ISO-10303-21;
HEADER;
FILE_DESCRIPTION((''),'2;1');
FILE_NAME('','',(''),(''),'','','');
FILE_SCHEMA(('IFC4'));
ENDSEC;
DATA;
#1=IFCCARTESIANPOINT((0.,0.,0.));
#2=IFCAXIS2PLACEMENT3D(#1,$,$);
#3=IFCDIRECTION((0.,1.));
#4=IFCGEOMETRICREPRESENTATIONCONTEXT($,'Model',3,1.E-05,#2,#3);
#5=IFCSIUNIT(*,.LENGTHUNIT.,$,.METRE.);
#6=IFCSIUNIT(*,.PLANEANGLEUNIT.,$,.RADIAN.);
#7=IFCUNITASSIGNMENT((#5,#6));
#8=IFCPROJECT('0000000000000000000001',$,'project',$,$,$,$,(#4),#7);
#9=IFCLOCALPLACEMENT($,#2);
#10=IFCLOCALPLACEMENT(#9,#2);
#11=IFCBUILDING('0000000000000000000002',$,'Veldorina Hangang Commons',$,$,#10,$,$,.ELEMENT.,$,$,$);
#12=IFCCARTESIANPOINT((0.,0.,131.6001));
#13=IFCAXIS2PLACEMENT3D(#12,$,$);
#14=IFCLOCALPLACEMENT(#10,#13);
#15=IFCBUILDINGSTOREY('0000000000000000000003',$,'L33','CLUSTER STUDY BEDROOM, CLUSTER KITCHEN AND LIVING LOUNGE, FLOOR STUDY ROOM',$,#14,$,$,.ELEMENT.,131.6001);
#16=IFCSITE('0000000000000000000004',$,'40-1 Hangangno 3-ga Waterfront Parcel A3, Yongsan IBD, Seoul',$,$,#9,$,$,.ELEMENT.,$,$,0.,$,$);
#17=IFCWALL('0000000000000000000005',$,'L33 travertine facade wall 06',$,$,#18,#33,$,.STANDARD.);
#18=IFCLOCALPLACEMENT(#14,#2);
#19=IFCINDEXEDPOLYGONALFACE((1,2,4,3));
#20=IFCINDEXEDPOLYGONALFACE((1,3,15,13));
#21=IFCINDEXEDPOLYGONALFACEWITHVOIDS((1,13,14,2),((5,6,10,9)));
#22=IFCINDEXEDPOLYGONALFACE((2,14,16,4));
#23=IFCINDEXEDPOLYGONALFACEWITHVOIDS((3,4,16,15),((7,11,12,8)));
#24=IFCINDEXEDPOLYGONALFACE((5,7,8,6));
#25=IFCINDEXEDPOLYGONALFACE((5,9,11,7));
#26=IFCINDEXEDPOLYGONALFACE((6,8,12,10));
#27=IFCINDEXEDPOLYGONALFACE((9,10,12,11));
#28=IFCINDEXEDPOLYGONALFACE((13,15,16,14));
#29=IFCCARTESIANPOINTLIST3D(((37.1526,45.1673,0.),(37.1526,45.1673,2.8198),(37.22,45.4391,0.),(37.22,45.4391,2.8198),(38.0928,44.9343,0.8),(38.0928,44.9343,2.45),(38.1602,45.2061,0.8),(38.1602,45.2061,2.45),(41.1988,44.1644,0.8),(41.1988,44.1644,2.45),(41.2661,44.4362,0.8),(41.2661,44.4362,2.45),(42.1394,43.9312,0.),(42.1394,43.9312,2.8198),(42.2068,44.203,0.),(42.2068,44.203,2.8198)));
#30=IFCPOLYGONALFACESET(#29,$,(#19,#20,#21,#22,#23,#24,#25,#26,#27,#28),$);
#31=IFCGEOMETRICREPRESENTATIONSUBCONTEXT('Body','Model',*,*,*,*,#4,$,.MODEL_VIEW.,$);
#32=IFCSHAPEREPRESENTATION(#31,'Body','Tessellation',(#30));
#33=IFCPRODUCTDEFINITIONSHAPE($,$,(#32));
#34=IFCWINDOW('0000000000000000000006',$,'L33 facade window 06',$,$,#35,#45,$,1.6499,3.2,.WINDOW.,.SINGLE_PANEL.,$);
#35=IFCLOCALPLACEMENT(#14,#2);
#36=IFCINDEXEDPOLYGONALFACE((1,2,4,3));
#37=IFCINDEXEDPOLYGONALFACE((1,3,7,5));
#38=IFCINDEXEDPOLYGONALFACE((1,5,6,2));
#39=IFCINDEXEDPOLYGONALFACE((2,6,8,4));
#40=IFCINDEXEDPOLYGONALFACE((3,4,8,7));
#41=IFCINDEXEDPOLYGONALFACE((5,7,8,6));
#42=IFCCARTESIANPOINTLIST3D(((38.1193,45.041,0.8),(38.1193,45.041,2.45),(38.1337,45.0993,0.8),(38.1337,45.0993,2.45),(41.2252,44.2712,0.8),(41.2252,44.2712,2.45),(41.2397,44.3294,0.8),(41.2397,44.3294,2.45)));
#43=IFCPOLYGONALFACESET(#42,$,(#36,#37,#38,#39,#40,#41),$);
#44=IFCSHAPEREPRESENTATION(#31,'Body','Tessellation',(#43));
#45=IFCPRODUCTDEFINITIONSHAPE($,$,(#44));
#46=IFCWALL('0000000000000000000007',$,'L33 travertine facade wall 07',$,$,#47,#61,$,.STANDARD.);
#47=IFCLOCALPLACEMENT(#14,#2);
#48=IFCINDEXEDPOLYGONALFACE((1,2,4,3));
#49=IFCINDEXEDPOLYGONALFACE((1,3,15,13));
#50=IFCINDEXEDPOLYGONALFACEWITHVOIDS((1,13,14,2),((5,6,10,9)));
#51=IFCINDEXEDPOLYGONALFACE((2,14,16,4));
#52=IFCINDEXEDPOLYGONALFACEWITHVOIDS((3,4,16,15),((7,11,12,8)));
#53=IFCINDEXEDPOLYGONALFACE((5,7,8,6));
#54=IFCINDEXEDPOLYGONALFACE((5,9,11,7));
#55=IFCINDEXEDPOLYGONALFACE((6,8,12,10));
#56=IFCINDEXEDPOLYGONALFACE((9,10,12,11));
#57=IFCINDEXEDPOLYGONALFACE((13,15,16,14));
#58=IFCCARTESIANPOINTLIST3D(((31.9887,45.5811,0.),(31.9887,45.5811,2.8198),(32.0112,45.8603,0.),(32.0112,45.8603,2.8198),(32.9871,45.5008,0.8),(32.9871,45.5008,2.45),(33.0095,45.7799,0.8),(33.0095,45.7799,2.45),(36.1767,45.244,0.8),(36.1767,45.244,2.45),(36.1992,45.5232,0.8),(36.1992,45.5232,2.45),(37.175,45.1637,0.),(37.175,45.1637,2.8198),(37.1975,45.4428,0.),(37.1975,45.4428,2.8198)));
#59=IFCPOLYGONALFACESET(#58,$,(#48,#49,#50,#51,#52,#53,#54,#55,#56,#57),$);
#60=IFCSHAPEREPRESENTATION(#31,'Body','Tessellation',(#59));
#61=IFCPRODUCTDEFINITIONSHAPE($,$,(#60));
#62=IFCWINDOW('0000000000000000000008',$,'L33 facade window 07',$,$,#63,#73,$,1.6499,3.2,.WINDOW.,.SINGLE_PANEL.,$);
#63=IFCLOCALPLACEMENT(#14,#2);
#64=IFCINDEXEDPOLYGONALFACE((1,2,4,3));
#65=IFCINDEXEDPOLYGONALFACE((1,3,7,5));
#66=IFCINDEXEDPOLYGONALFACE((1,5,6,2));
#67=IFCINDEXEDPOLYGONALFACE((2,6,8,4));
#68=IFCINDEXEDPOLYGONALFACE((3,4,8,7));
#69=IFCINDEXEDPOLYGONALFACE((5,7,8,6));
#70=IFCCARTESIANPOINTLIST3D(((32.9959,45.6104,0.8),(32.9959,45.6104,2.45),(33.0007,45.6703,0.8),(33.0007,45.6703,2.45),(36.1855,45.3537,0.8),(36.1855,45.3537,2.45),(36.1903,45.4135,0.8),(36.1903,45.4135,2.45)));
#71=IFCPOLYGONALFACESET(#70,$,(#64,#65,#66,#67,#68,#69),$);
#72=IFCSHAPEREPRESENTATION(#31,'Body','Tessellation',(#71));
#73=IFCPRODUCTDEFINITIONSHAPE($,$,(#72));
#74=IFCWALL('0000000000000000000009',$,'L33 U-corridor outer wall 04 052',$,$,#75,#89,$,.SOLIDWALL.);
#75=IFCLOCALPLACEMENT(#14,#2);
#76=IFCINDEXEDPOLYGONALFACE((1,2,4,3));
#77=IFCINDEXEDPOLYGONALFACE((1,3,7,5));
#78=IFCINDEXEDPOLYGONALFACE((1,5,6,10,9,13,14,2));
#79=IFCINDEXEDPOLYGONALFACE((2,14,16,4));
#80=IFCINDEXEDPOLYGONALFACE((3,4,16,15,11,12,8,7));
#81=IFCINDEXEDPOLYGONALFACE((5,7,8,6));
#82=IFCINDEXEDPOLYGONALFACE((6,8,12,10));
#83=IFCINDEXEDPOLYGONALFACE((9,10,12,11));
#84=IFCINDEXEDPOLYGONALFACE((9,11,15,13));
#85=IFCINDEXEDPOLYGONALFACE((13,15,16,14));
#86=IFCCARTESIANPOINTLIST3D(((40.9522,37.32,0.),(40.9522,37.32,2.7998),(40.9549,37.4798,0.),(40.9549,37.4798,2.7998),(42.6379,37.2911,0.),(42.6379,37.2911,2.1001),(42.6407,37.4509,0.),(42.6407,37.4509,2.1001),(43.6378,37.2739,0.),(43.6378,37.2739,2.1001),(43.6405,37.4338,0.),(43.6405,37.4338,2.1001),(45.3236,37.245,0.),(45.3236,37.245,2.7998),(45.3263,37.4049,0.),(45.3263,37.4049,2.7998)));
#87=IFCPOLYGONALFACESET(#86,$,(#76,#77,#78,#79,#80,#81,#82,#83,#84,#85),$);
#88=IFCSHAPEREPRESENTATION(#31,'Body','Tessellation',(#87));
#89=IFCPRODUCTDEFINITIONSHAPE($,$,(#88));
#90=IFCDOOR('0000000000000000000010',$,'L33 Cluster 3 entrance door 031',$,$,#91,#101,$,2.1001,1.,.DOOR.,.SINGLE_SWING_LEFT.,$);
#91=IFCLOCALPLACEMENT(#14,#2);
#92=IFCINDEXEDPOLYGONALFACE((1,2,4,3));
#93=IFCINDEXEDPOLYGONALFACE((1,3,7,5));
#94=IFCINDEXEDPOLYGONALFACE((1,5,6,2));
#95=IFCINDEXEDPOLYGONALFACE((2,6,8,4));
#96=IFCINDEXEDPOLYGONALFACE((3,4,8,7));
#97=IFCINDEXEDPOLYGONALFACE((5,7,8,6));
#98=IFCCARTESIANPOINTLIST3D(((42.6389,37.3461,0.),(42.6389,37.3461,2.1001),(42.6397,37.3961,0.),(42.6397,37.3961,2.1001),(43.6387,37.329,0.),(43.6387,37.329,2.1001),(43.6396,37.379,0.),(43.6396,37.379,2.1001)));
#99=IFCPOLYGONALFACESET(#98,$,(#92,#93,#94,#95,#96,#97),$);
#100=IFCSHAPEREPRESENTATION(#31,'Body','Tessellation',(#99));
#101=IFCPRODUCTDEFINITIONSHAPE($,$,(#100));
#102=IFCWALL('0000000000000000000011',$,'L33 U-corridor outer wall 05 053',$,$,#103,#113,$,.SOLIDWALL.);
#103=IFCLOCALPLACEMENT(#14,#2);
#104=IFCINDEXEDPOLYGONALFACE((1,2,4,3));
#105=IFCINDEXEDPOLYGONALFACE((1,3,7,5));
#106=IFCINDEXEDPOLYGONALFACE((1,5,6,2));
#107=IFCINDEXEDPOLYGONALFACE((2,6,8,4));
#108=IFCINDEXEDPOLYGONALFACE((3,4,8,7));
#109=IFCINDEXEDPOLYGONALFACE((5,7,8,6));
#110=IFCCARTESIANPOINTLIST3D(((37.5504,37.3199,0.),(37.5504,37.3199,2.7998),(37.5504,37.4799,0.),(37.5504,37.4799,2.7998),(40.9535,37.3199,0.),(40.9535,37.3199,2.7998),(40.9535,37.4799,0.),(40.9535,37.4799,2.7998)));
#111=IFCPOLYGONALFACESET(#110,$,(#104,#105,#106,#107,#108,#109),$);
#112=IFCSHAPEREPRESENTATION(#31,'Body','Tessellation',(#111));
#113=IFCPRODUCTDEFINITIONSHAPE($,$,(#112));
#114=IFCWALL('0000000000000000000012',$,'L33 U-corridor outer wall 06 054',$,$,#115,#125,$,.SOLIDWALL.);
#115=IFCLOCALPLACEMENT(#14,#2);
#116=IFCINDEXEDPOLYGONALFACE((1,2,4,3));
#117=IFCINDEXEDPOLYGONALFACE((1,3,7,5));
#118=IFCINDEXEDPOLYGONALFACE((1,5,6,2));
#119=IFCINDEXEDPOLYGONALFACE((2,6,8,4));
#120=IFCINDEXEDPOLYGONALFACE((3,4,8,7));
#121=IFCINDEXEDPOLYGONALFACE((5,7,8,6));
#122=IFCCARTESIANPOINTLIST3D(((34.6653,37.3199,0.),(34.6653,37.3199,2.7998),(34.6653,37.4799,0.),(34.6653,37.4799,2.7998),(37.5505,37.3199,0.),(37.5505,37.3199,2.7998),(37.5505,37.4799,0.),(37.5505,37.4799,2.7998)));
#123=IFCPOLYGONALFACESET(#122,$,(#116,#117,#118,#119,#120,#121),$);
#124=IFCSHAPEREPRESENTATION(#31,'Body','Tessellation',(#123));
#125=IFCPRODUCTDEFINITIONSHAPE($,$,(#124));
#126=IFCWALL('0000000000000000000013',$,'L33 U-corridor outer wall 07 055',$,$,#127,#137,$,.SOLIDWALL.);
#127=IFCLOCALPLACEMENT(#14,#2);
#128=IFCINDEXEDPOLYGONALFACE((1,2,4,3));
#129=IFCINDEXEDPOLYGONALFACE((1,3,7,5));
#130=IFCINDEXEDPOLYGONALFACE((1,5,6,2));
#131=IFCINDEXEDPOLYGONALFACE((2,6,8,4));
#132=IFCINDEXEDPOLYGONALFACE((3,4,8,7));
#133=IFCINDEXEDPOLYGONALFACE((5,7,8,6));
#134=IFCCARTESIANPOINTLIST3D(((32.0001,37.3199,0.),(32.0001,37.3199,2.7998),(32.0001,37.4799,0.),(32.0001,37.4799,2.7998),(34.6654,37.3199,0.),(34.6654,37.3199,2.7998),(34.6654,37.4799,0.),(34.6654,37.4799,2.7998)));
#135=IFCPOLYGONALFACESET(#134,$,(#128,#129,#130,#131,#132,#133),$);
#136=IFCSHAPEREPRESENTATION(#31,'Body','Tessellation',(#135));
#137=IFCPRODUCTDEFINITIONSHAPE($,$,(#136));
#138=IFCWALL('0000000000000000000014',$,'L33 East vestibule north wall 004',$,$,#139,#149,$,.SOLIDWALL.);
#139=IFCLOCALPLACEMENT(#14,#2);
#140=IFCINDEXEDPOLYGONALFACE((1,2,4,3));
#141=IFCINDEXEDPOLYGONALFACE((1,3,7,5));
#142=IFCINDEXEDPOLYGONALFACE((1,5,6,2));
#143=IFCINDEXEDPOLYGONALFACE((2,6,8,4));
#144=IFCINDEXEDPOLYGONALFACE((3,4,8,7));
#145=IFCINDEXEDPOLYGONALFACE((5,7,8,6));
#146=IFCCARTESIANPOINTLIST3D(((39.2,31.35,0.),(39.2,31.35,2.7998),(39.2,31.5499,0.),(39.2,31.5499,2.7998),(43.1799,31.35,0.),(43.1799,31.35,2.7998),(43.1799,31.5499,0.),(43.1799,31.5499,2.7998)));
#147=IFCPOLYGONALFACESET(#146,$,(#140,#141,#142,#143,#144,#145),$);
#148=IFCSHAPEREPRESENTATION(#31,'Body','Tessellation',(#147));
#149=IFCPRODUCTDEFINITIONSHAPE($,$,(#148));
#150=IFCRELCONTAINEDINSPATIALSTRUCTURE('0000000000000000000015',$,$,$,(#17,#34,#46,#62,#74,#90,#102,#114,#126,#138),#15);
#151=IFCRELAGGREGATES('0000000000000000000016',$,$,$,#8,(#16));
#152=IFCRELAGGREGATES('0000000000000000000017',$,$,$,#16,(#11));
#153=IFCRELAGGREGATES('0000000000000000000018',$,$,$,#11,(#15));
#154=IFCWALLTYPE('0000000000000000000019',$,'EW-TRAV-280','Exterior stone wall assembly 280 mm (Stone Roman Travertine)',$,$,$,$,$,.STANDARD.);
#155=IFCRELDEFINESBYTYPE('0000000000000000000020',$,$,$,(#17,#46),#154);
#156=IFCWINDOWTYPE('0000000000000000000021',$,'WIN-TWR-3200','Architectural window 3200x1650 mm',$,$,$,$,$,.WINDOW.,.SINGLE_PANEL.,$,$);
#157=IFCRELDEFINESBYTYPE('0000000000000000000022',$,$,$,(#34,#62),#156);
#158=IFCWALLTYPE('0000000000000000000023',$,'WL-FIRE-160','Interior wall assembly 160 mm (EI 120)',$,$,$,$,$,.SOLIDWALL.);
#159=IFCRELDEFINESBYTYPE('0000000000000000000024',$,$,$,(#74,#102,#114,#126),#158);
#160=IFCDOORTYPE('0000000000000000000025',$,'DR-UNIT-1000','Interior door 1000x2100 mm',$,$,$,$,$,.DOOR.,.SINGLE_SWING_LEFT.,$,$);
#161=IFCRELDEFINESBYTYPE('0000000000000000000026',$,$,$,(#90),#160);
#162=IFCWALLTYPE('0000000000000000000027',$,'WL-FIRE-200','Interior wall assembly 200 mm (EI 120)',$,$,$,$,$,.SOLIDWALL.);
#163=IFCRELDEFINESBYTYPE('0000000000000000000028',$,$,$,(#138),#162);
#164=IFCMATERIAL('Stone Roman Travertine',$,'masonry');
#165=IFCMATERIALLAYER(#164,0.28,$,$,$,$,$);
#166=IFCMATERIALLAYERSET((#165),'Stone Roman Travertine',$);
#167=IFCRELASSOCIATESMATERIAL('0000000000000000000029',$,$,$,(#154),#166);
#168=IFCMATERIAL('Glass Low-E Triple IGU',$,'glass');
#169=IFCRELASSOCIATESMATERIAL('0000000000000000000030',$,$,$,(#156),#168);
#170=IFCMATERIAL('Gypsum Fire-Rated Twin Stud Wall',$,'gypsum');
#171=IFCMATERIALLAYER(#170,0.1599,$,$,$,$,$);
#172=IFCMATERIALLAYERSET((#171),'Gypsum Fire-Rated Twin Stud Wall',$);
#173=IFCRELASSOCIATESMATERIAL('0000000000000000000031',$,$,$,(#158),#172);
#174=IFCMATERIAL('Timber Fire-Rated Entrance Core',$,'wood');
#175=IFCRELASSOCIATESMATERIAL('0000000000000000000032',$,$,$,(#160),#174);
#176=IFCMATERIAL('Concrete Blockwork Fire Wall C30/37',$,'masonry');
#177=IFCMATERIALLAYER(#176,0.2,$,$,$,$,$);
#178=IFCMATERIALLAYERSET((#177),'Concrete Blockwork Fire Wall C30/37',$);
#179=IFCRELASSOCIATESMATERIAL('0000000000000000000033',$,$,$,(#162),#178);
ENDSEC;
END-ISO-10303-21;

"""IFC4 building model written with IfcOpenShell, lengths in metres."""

from ifc_helpers import new_model, si_unit, direction, frame, frame_2d, origin, place, context, subcontext, project, spatial, rectangle, extrude, material, layer, layer_set, type_object, element, fill, save


model = new_model("IFC4")

# Units and contexts
model_context = context("Model", 3, precision=1e-05, world=origin(), true_north=direction((0.0, 1.0)))
body_context = subcontext(model_context, "Body", "Model", "MODEL_VIEW")
ifc_project = project(units=[si_unit("LENGTHUNIT", "METRE"), si_unit("PLANEANGLEUNIT", "RADIAN")], contexts=[model_context])

# Site, building, storey
site_placement = place(None, origin())
site = spatial("IfcSite", under=ifc_project, at=site_placement, Name="40-1 Hangangno 3-ga Waterfront Parcel A3, Yongsan IBD, Seoul", CompositionType="ELEMENT", RefElevation=0.0)
building_placement = place(site_placement, origin())
building = spatial("IfcBuilding", under=site, at=building_placement, Name="Veldorina Hangang Commons", CompositionType="ELEMENT")
storey_placement = place(building_placement, frame((0.0, 0.0, 131.6001)))
storey = spatial("IfcBuildingStorey", under=building, at=storey_placement, Name="L33", Description="CLUSTER STUDY BEDROOM, CLUSTER KITCHEN AND LIVING LOUNGE, FLOOR STUDY ROOM", CompositionType="ELEMENT", Elevation=131.6001)

# Walls, openings, windows
ifc_material_1 = material(Name="Stone Roman Travertine", Category="masonry")
ifc_layer_1 = layer(ifc_material_1, 0.28)
ifc_layer_set_1 = layer_set([ifc_layer_1], Name="Stone Roman Travertine")
wall_type_1 = type_object("IfcWallType", Name="EW-TRAV-280", Description="Exterior stone wall assembly 280 mm (Stone Roman Travertine)", PredefinedType="STANDARD", material=ifc_layer_set_1)
wall_1_placement = place(storey_placement, frame((42.1731, 44.0671, 0.0), z_axis=(0.0, 0.0, 1.0), x_axis=(-0.970627, 0.24059, 0.0)))
wall_1 = element("IfcWall", 1, at=wall_1_placement, inside=storey, type_object=wall_type_1, Name="L33 travertine facade wall 06", PredefinedType="STANDARD", context=body_context, shape_type="SweptSolid", body=[
    extrude(rectangle(XDim=5.1377, YDim=0.28, at=frame_2d((2.5688, 0.0))), origin(), (0.0, 0.0, 1.0), 2.8198),
])
opening_1_placement = place(wall_1_placement, frame((0.969, 0.0, 0.8)))
opening_1 = element("IfcOpeningElement", 2, at=opening_1_placement, cuts=wall_1, PredefinedType="OPENING", context=body_context, shape_type="SweptSolid", body=[
    extrude(rectangle(XDim=3.2, YDim=1.6499, at=frame_2d((1.6001, 0.825))), frame((0.0, 0.1499, 0.0), z_axis=(0.0, -1.0, 0.0), x_axis=(1.0, 0.0, 0.0)), (0.0, 0.0, 1.0), 0.3),
])
ifc_material_2 = material(Name="Glass Low-E Triple IGU", Category="glass")
window_type = type_object("IfcWindowType", Name="WIN-TWR-3200", Description="Architectural window 3200x1650 mm", PartitioningType="SINGLE_PANEL", PredefinedType="WINDOW", material=ifc_material_2)
window_1_placement = place(opening_1_placement, origin())
window_1 = element("IfcWindow", 3, at=window_1_placement, inside=storey, type_object=window_type, Name="L33 facade window 06", OverallHeight=1.6499, OverallWidth=3.2, PartitioningType="SINGLE_PANEL", PredefinedType="WINDOW", context=body_context, shape_type="SweptSolid", body=[
    extrude(rectangle(XDim=3.2, YDim=1.6499, at=frame_2d((1.6001, 0.825))), frame((0.0, 0.03, 0.0), z_axis=(0.0, -1.0, 0.0), x_axis=(1.0, 0.0, 0.0)), (0.0, 0.0, 1.0), 0.0601),
])
fill(opening_1, window_1)
wall_2_placement = place(storey_placement, frame((37.1863, 45.3032, 0.0), z_axis=(0.0, 0.0, 1.0), x_axis=(-0.996776, 0.080238, 0.0)))
wall_2 = element("IfcWall", 4, at=wall_2_placement, inside=storey, type_object=wall_type_1, Name="L33 travertine facade wall 07", PredefinedType="STANDARD", context=body_context, shape_type="SweptSolid", body=[
    extrude(rectangle(XDim=5.2031, YDim=0.28, at=frame_2d((2.6016, 0.0))), origin(), (0.0, 0.0, 1.0), 2.8198),
])
opening_2_placement = place(wall_2_placement, frame((1.0015, 0.0, 0.8)))
opening_2 = element("IfcOpeningElement", 5, at=opening_2_placement, cuts=wall_2, PredefinedType="OPENING", context=body_context, shape_type="SweptSolid", body=[
    extrude(rectangle(XDim=3.2, YDim=1.6499, at=frame_2d((1.6001, 0.825))), frame((0.0, 0.1499, 0.0), z_axis=(0.0, -1.0, 0.0), x_axis=(1.0, 0.0, 0.0)), (0.0, 0.0, 1.0), 0.3),
])
window_2_placement = place(opening_2_placement, origin())
window_2 = element("IfcWindow", 6, at=window_2_placement, inside=storey, type_object=window_type, Name="L33 facade window 07", OverallHeight=1.6499, OverallWidth=3.2, PartitioningType="SINGLE_PANEL", PredefinedType="WINDOW", context=body_context, shape_type="SweptSolid", body=[
    extrude(rectangle(XDim=3.2, YDim=1.6499, at=frame_2d((1.6001, 0.825))), frame((0.0, 0.03, 0.0), z_axis=(0.0, -1.0, 0.0), x_axis=(1.0, 0.0, 0.0)), (0.0, 0.0, 1.0), 0.0601),
])
fill(opening_2, window_2)

# Wall, opening, door
ifc_material_3 = material(Name="Gypsum Fire-Rated Twin Stud Wall", Category="gypsum")
ifc_layer_2 = layer(ifc_material_3, 0.1599)
ifc_layer_set_2 = layer_set([ifc_layer_2], Name="Gypsum Fire-Rated Twin Stud Wall")
wall_type_2 = type_object("IfcWallType", Name="WL-FIRE-160", Description="Interior wall assembly 160 mm (EI 120)", PredefinedType="SOLIDWALL", material=ifc_layer_set_2)
wall_3_placement = place(storey_placement, frame((45.325, 37.325, 0.0), z_axis=(0.0, 0.0, 1.0), x_axis=(-0.999853, 0.017144, 0.0)))
wall_3 = element("IfcWall", 7, at=wall_3_placement, inside=storey, type_object=wall_type_2, Name="L33 U-corridor outer wall 04 052", PredefinedType="SOLIDWALL", context=body_context, shape_type="SweptSolid", body=[
    extrude(rectangle(XDim=4.3721, YDim=0.1599, at=frame_2d((2.186, 0.0))), origin(), (0.0, 0.0, 1.0), 2.7998),
])
opening_3_placement = place(wall_3_placement, frame((1.686, 0.0, 0.0)))
opening_3 = element("IfcOpeningElement", 8, at=opening_3_placement, cuts=wall_3, PredefinedType="OPENING", context=body_context, shape_type="SweptSolid", body=[
    extrude(rectangle(XDim=1.0, YDim=2.1001, at=frame_2d((0.5, 1.05))), frame((0.0, 0.0898, 0.0), z_axis=(0.0, -1.0, 0.0), x_axis=(1.0, 0.0, 0.0)), (0.0, 0.0, 1.0), 0.1799),
])
ifc_material_4 = material(Name="Timber Fire-Rated Entrance Core", Category="wood")
door_type_1 = type_object("IfcDoorType", Name="DR-UNIT-1000", Description="Interior door 1000x2100 mm", OperationType="SINGLE_SWING_LEFT", PredefinedType="DOOR", material=ifc_material_4)
door_1_placement = place(opening_3_placement, origin())
door_1 = element("IfcDoor", 9, at=door_1_placement, inside=storey, type_object=door_type_1, Name="L33 Cluster 3 entrance door 031", OperationType="SINGLE_SWING_LEFT", OverallHeight=2.1001, OverallWidth=1.0, PredefinedType="DOOR", context=body_context, shape_type="SweptSolid", body=[
    extrude(rectangle(XDim=1.0, YDim=2.1001, at=frame_2d((0.5, 1.05))), frame((0.0, 0.0249, 0.0), z_axis=(0.0, -1.0, 0.0), x_axis=(1.0, 0.0, 0.0)), (0.0, 0.0, 1.0), 0.05),
])
fill(opening_3, door_1)

# Walls
wall_4_placement = place(storey_placement, frame((40.9536, 37.3999, 0.0), z_axis=(0.0, 0.0, 1.0), x_axis=(-1.0, 0.0, 0.0)))
element("IfcWall", 10, at=wall_4_placement, inside=storey, type_object=wall_type_2, Name="L33 U-corridor outer wall 05 053", PredefinedType="SOLIDWALL", context=body_context, shape_type="SweptSolid", body=[
    extrude(rectangle(XDim=3.4031, YDim=0.1599, at=frame_2d((1.7017, 0.0))), origin(), (0.0, 0.0, 1.0), 2.7998),
])
wall_5_placement = place(storey_placement, frame((37.5505, 37.3999, 0.0), z_axis=(0.0, 0.0, 1.0), x_axis=(-1.0, 0.0, 0.0)))
element("IfcWall", 11, at=wall_5_placement, inside=storey, type_object=wall_type_2, Name="L33 U-corridor outer wall 06 054", PredefinedType="SOLIDWALL", context=body_context, shape_type="SweptSolid", body=[
    extrude(rectangle(XDim=2.8853, YDim=0.1599, at=frame_2d((1.4426, 0.0))), origin(), (0.0, 0.0, 1.0), 2.7998),
])
wall_6_placement = place(storey_placement, frame((34.6653, 37.3999, 0.0), z_axis=(0.0, 0.0, 1.0), x_axis=(-1.0, 0.0, 0.0)))
element("IfcWall", 12, at=wall_6_placement, inside=storey, type_object=wall_type_2, Name="L33 U-corridor outer wall 07 055", PredefinedType="SOLIDWALL", context=body_context, shape_type="SweptSolid", body=[
    extrude(rectangle(XDim=2.6653, YDim=0.1599, at=frame_2d((1.3325, 0.0))), origin(), (0.0, 0.0, 1.0), 2.7998),
])
ifc_material_5 = material(Name="Concrete Blockwork Fire Wall C30/37", Category="masonry")
ifc_layer_3 = layer(ifc_material_5, 0.2)
ifc_layer_set_3 = layer_set([ifc_layer_3], Name="Concrete Blockwork Fire Wall C30/37")
wall_type_3 = type_object("IfcWallType", Name="WL-FIRE-200", Description="Interior wall assembly 200 mm (EI 120)", PredefinedType="SOLIDWALL", material=ifc_layer_set_3)
wall_7_placement = place(storey_placement, frame((39.2, 31.45, 0.0), z_axis=(0.0, 0.0, 1.0), x_axis=(1.0, 0.0, 0.0)))
element("IfcWall", 13, at=wall_7_placement, inside=storey, type_object=wall_type_3, Name="L33 East vestibule north wall 004", PredefinedType="SOLIDWALL", context=body_context, shape_type="SweptSolid", body=[
    extrude(rectangle(XDim=3.98, YDim=0.2, at=frame_2d((1.99, 0.0))), origin(), (0.0, 0.0, 1.0), 2.7998),
])

save(model, "model.ifc")
